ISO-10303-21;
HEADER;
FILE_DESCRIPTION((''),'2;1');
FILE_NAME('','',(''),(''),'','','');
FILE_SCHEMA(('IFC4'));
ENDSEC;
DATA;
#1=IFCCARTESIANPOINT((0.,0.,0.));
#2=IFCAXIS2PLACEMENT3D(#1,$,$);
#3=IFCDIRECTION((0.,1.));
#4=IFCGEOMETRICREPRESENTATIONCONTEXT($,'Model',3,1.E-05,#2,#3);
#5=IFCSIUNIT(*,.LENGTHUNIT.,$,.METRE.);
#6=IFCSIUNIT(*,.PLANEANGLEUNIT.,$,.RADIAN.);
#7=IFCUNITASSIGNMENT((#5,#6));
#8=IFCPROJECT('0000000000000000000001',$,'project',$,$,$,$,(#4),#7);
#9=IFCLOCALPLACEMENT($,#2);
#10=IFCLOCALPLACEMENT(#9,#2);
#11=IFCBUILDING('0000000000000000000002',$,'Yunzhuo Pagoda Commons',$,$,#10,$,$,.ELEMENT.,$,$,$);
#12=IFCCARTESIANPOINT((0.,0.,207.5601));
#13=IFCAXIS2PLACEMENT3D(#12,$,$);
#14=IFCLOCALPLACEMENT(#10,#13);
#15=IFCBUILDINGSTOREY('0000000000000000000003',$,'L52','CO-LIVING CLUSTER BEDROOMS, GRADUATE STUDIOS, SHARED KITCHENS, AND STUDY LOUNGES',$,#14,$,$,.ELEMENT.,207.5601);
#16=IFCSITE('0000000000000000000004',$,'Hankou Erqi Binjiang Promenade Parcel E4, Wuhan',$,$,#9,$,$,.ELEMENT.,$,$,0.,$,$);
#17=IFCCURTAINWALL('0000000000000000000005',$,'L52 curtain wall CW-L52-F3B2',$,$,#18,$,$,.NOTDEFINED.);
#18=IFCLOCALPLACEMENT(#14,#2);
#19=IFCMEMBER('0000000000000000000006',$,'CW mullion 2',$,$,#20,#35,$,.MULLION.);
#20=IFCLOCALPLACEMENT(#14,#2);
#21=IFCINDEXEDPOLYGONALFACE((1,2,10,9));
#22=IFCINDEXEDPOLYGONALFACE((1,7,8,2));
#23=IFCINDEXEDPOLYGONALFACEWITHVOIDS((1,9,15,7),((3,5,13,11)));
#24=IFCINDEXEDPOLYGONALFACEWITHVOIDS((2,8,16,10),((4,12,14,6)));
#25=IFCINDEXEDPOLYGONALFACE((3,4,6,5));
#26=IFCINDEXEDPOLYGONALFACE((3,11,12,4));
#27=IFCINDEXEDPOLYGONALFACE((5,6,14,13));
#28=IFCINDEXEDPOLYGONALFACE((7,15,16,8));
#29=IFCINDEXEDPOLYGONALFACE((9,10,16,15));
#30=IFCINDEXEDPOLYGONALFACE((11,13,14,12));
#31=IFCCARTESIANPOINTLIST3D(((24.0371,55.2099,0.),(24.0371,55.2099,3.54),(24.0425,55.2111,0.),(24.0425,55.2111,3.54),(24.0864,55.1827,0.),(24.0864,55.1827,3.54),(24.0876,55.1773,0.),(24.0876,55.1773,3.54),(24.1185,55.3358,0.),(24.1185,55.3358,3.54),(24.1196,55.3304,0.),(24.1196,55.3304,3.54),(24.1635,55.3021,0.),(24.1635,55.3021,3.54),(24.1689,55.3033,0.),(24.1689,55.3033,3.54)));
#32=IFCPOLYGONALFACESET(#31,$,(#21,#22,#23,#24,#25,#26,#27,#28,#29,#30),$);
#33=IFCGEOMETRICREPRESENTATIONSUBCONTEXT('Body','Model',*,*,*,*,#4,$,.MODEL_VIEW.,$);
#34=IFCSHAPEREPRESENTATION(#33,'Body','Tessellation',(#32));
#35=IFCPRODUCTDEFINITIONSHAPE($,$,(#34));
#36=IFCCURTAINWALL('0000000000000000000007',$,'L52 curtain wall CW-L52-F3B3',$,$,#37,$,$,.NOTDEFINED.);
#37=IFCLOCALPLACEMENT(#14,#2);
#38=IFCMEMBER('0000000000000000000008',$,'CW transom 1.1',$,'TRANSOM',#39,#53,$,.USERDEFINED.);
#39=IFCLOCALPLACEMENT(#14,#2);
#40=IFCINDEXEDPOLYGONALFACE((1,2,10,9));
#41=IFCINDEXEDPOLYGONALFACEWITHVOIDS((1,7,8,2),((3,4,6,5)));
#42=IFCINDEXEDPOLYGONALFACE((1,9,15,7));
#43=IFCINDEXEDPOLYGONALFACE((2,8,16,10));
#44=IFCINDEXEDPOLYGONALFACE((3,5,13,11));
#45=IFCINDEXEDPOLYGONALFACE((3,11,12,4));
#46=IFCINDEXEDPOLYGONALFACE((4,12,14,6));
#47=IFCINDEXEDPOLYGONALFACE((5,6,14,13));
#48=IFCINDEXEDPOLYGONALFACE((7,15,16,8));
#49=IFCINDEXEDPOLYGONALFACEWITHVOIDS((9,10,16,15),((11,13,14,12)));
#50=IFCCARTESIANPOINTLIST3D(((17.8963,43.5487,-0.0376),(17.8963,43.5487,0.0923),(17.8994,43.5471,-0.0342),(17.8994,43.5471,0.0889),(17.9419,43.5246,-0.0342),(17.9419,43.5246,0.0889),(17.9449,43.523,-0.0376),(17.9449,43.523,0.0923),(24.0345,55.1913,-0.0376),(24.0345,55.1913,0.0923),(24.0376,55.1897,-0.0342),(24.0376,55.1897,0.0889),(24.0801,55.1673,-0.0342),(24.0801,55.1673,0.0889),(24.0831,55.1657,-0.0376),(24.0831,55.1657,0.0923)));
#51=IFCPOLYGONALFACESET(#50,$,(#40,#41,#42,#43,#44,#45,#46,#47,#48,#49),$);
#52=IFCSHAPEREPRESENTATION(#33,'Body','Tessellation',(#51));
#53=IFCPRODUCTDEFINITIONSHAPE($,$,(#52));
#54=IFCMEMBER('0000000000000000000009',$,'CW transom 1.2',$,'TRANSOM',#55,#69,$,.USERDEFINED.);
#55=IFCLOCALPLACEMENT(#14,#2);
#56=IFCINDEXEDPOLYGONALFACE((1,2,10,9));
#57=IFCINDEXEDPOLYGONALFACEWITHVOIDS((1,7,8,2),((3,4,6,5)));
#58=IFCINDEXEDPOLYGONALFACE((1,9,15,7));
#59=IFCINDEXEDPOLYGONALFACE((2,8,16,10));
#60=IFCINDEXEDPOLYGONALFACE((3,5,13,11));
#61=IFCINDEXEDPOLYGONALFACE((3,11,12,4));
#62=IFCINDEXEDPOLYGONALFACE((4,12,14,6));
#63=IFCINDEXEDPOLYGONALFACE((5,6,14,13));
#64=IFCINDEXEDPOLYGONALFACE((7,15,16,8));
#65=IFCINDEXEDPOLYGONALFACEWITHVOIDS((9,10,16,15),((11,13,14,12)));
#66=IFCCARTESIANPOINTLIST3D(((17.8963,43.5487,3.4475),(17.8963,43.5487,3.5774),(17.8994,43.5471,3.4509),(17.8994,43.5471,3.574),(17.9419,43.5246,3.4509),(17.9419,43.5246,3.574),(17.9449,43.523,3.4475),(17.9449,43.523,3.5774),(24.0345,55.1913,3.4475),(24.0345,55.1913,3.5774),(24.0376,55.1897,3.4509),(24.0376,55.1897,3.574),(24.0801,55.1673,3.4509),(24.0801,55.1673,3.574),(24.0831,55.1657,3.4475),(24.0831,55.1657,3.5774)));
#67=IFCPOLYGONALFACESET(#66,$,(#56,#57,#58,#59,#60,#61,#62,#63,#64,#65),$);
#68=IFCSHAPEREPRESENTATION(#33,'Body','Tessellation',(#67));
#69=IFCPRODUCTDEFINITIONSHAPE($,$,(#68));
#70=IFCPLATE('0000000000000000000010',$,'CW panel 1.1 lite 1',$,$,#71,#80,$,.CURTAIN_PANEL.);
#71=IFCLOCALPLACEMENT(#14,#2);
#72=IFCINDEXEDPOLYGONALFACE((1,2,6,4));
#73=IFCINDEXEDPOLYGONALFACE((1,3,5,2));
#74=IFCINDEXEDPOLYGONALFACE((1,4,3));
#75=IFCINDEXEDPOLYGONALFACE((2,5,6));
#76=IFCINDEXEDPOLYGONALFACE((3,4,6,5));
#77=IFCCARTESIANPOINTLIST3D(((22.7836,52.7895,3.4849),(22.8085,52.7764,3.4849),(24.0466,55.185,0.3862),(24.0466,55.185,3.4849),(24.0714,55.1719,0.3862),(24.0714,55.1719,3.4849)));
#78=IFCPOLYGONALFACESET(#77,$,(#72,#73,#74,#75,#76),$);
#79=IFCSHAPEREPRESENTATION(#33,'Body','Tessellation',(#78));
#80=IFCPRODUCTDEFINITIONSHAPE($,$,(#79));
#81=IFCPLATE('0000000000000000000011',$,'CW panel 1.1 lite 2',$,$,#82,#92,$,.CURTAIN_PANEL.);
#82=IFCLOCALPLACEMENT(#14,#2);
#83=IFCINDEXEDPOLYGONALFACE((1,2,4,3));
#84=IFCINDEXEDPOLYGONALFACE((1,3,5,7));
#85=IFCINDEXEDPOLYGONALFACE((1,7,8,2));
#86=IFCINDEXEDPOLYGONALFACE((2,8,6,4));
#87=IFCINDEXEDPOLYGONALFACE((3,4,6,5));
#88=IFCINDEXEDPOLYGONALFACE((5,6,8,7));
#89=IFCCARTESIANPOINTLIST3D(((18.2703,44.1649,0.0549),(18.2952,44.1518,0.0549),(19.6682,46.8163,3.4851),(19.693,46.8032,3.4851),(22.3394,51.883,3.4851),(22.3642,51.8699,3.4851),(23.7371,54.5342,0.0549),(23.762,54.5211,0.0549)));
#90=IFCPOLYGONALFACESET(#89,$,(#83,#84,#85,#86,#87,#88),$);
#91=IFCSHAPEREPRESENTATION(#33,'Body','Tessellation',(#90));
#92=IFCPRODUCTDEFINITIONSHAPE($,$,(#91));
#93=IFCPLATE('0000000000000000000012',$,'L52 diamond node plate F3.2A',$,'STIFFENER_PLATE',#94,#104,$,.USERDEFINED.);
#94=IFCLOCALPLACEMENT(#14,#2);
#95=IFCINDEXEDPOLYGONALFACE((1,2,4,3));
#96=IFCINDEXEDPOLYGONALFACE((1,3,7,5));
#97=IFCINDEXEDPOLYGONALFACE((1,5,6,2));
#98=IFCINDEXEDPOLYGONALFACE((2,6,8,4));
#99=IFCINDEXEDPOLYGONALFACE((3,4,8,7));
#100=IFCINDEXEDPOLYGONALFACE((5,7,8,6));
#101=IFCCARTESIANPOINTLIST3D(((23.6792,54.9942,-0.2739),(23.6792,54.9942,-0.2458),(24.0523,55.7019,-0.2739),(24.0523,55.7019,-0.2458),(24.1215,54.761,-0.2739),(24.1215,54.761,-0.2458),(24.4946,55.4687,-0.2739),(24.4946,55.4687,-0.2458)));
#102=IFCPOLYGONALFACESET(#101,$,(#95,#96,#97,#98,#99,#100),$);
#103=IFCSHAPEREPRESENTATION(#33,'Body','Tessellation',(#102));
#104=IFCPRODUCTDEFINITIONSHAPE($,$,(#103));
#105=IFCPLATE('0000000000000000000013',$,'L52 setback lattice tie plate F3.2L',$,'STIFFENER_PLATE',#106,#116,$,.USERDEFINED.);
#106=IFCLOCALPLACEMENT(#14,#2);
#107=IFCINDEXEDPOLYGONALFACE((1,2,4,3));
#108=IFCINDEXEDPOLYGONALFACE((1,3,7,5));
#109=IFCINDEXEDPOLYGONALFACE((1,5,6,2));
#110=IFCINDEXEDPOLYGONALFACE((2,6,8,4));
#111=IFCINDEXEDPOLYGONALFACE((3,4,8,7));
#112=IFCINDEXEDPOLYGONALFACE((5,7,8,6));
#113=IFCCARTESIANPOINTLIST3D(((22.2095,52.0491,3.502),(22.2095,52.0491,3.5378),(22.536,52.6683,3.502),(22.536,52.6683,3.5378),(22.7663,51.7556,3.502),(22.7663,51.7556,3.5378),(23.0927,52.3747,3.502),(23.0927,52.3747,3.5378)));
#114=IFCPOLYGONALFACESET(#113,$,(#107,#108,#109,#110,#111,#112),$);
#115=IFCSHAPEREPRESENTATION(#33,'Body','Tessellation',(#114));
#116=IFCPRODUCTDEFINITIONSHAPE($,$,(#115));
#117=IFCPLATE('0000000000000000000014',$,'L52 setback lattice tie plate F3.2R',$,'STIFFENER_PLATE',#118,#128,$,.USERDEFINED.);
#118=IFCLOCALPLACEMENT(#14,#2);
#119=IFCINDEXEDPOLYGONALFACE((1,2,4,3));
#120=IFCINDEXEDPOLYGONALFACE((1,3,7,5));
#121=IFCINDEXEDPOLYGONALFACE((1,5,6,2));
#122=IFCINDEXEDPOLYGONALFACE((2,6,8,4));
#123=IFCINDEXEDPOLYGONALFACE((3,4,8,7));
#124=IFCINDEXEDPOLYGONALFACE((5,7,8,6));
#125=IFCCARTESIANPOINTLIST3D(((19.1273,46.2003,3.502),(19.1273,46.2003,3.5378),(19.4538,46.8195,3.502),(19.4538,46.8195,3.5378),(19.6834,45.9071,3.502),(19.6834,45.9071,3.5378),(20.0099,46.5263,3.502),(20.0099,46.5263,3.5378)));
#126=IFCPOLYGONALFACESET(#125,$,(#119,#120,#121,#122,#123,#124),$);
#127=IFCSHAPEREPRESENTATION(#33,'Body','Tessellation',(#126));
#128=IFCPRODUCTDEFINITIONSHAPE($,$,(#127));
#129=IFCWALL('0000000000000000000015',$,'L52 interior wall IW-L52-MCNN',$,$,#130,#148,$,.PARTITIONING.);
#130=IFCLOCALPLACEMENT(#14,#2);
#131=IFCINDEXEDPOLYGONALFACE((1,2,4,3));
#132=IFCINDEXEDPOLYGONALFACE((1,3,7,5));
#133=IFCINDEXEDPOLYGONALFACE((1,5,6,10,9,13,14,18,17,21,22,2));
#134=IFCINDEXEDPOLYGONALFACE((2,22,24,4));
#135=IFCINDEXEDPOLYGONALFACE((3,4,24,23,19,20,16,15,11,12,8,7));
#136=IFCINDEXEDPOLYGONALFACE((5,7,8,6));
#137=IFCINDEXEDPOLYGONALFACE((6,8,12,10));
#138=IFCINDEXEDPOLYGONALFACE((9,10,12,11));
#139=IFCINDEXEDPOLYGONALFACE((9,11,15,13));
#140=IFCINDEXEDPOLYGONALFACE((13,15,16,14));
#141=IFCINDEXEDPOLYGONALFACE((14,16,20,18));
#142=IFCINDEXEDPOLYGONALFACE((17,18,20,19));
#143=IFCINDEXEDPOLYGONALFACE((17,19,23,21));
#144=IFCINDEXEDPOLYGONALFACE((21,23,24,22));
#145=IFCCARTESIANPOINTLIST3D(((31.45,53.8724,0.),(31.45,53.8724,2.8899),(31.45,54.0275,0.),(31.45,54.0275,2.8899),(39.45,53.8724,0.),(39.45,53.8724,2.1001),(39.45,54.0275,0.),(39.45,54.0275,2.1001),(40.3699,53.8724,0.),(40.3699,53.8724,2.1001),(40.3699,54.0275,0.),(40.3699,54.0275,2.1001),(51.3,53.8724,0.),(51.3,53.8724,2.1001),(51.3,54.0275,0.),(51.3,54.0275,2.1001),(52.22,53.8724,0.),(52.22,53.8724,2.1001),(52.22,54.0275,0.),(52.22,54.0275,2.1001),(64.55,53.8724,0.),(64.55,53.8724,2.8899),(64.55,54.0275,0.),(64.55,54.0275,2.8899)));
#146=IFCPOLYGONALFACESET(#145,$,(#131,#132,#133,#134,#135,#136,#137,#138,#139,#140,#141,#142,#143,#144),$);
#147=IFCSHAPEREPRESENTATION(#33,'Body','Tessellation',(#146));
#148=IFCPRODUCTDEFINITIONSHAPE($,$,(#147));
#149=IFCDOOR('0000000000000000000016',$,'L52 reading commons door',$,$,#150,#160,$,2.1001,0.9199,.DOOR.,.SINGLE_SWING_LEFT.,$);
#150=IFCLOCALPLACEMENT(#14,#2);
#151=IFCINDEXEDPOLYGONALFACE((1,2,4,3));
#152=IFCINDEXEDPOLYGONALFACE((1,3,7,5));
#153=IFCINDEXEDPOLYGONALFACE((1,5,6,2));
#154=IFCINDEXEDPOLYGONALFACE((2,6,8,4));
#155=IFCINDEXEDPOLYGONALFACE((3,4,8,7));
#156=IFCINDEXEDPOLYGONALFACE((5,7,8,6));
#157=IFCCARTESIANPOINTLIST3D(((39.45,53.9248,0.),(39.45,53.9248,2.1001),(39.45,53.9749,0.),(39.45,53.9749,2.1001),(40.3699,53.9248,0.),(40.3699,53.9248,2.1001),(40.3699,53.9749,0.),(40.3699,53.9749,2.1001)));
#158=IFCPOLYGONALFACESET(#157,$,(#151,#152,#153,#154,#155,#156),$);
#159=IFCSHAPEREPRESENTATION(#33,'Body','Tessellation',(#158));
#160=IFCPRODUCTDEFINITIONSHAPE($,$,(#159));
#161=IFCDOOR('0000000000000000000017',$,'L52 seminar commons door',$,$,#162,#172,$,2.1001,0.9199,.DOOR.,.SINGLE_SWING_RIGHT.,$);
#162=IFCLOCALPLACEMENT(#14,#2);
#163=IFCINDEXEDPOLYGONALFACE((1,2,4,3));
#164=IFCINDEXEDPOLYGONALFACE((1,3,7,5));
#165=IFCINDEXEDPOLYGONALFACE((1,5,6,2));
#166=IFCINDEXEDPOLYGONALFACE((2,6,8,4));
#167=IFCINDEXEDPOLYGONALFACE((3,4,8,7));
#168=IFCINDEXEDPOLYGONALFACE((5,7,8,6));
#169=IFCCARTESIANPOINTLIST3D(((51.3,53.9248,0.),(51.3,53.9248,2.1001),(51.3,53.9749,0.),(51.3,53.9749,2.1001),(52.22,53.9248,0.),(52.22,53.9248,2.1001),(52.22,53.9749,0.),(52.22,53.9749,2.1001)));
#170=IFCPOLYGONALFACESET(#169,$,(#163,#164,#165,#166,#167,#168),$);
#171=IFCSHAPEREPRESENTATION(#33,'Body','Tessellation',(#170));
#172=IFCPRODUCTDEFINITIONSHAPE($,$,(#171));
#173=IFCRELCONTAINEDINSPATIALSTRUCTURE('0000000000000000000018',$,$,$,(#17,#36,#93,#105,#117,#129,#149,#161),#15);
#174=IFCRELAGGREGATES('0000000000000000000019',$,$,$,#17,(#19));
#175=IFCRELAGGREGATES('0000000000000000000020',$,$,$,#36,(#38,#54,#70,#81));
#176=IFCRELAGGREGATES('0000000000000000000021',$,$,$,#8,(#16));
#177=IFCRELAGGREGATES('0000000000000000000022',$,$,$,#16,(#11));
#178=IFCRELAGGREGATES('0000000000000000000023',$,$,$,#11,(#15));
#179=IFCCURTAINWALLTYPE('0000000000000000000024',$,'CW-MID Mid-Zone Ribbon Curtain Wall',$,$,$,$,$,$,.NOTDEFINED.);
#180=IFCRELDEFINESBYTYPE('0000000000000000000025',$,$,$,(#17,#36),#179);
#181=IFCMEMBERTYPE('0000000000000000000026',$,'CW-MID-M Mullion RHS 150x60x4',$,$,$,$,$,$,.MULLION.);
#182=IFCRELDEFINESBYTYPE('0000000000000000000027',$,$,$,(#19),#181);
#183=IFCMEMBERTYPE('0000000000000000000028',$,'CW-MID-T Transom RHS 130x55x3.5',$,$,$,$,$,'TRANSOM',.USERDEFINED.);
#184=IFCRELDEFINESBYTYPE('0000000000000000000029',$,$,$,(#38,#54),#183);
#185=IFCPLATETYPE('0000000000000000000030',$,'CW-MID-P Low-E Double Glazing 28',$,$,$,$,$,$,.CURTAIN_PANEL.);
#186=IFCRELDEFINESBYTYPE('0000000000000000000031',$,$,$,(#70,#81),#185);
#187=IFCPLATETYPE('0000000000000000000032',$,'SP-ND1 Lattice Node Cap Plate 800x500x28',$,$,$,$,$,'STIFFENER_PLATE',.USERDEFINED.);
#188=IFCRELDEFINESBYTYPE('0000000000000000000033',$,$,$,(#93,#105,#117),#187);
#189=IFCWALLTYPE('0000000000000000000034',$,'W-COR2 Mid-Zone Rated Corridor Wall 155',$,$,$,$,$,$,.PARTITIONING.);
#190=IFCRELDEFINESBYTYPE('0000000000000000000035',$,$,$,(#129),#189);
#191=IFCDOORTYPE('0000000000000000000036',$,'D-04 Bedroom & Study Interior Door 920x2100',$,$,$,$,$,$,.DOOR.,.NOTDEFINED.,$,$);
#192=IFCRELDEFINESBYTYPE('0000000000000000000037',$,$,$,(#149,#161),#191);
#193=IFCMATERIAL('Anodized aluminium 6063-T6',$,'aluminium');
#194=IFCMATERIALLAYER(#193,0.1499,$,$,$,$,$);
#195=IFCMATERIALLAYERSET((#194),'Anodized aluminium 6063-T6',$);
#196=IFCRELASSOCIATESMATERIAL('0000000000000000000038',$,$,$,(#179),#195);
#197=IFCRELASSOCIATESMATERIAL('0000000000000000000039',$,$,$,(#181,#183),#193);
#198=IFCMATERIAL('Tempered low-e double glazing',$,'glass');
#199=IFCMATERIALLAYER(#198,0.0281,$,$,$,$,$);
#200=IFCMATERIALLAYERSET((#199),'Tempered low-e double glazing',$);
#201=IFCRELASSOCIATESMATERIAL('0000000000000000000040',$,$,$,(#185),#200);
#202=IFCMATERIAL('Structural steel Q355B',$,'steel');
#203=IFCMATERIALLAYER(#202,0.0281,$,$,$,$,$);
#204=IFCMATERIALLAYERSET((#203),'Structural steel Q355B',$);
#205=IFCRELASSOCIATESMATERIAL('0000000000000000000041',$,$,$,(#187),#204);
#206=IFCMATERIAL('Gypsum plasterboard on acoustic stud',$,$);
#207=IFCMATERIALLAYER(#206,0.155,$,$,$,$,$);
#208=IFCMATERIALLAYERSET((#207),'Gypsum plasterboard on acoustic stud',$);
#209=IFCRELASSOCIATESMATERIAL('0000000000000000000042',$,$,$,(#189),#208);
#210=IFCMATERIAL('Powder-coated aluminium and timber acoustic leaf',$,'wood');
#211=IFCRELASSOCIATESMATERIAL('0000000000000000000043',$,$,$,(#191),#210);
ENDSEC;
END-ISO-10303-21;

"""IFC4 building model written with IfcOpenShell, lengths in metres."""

from ifc_helpers import new_model, si_unit, direction, frame, frame_2d, origin, origin_with_axes, origin_2d, place, context, subcontext, project, spatial, polyline, rectangle, hollow_rectangle, outline, extrude, source, transform, mapped, material, layer, layer_set, material_profile, profile_set, type_object, element, fill, aggregate, save


model = new_model("IFC4")

# Units and contexts
model_context = context("Model", 3, precision=1e-05, world=origin(), true_north=direction((0.0, 1.0)))
body_context = subcontext(model_context, "Body", "Model", "MODEL_VIEW")
ifc_project = project(units=[si_unit("LENGTHUNIT", "METRE"), si_unit("PLANEANGLEUNIT", "RADIAN")], contexts=[model_context])

# Site, building, storey
site_placement = place(None, origin())
site = spatial("IfcSite", under=ifc_project, at=site_placement, Name="Hankou Erqi Binjiang Promenade Parcel E4, Wuhan", CompositionType="ELEMENT", RefElevation=0.0)
building_placement = place(site_placement, origin())
building = spatial("IfcBuilding", under=site, at=building_placement, Name="Yunzhuo Pagoda Commons", CompositionType="ELEMENT")
storey_placement = place(building_placement, frame((0.0, 0.0, 207.5601)))
storey = spatial("IfcBuildingStorey", under=building, at=storey_placement, Name="L52", Description="CO-LIVING CLUSTER BEDROOMS, GRADUATE STUDIOS, SHARED KITCHENS, AND STUDY LOUNGES", CompositionType="ELEMENT", Elevation=207.5601)

# Shared definitions
ifc_material_1 = material(Name="Structural steel Q355B", Category="steel")

# Curtain wall, member
ifc_material_2 = material(Name="Anodized aluminium 6063-T6", Category="aluminium")
ifc_layer_1 = layer(ifc_material_2, 0.1499)
ifc_layer_set_1 = layer_set([ifc_layer_1], Name="Anodized aluminium 6063-T6")
curtain_wall_type = type_object("IfcCurtainWallType", Name="CW-MID Mid-Zone Ribbon Curtain Wall", PredefinedType="NOTDEFINED", material=ifc_layer_set_1)
curtain_wall_1_placement = place(storey_placement, origin())
curtain_wall_1 = element("IfcCurtainWall", 1, at=curtain_wall_1_placement, inside=storey, type_object=curtain_wall_type, Name="L52 curtain wall CW-L52-F3B2", PredefinedType="NOTDEFINED")
ifc_material_profile_1 = material_profile(ifc_material_2, hollow_rectangle(XDim=0.0601, YDim=0.1499, WallThickness=0.0039, at=origin_2d()), Name="Anodized aluminium 6063-T6")
ifc_profile_set_1 = profile_set([ifc_material_profile_1], Name="Anodized aluminium 6063-T6")
member_type_1 = type_object("IfcMemberType", Name="CW-MID-M Mullion RHS 150x60x4", PredefinedType="MULLION", material=ifc_profile_set_1)
shared_shape_1 = source(origin(), body_context, "Body", "SweptSolid", [
    extrude(hollow_rectangle(XDim=0.0601, YDim=0.1499, WallThickness=0.0039, at=origin_2d()), origin(), (0.0, 0.0, 1.0), 3.54),
])
member_1_placement = place(storey_placement, frame((24.103, 55.2566, 0.0), z_axis=(0.0, 0.0, 1.0), x_axis=(0.839965, -0.54264, 0.0)))
member_1 = element("IfcMember", 2, at=member_1_placement, type_object=member_type_1, Name="CW mullion 2", PredefinedType="MULLION", context=body_context, shape_type="MappedRepresentation", body=[
    mapped(shared_shape_1, transform((0.0, 0.0, 0.0), scale=1.0)),
])
aggregate(curtain_wall_1, [member_1])

# Curtain wall, members, plates
curtain_wall_2_placement = place(storey_placement, origin())
curtain_wall_2 = element("IfcCurtainWall", 3, at=curtain_wall_2_placement, inside=storey, type_object=curtain_wall_type, Name="L52 curtain wall CW-L52-F3B3", PredefinedType="NOTDEFINED")
ifc_material_profile_2 = material_profile(ifc_material_2, hollow_rectangle(XDim=0.0549, YDim=0.1299, WallThickness=0.0034, at=origin_2d()), Name="Anodized aluminium 6063-T6")
ifc_profile_set_2 = profile_set([ifc_material_profile_2], Name="Anodized aluminium 6063-T6")
member_type_2 = type_object("IfcMemberType", Name="CW-MID-T Transom RHS 130x55x3.5", ElementType="TRANSOM", PredefinedType="USERDEFINED", material=ifc_profile_set_2)
shared_shape_2 = source(origin(), body_context, "Body", "SweptSolid", [
    extrude(hollow_rectangle(XDim=0.0549, YDim=0.1299, WallThickness=0.0034, at=origin_2d()), origin(), (0.0, 0.0, 1.0), 13.1616),
])
member_2_placement = place(storey_placement, frame((24.0588, 55.1785, 0.0273), z_axis=(-0.466372, -0.884589, 0.0), x_axis=(0.884589, -0.466372, 0.0)))
member_2 = element("IfcMember", 4, at=member_2_placement, type_object=member_type_2, Name="CW transom 1.1", ObjectType="TRANSOM", PredefinedType="USERDEFINED", context=body_context, shape_type="MappedRepresentation", body=[
    mapped(shared_shape_2, transform((0.0, 0.0, 0.0), scale=1.0)),
])
member_3_placement = place(storey_placement, frame((24.0588, 55.1785, 3.5125), z_axis=(-0.466372, -0.884589, 0.0), x_axis=(0.884589, -0.466372, 0.0)))
member_3 = element("IfcMember", 5, at=member_3_placement, type_object=member_type_2, Name="CW transom 1.2", ObjectType="TRANSOM", PredefinedType="USERDEFINED", context=body_context, shape_type="MappedRepresentation", body=[
    mapped(shared_shape_2, transform((0.0, 0.0, 0.0), scale=1.0)),
])
ifc_material_3 = material(Name="Tempered low-e double glazing", Category="glass")
ifc_layer_2 = layer(ifc_material_3, 0.0281)
ifc_layer_set_2 = layer_set([ifc_layer_2], Name="Tempered low-e double glazing")
plate_type_1 = type_object("IfcPlateType", Name="CW-MID-P Low-E Double Glazing 28", PredefinedType="CURTAIN_PANEL", material=ifc_layer_set_2)
plate_1_placement = place(storey_placement, frame((23.4399, 53.9741, 1.9355), z_axis=(-0.884592, 0.466366, 0.0), x_axis=(-0.466366, -0.884592, 0.0)))
plate_1 = element("IfcPlate", 6, at=plate_1_placement, type_object=plate_type_1, Name="CW panel 1.1 lite 1", PredefinedType="CURTAIN_PANEL", context=body_context, shape_type="SweptSolid", body=[
    extrude(outline(polyline([(-1.354, -1.5493), (1.354, 1.5493), (-1.354, 1.5493), (-1.354, -1.5493)])), origin(), (0.0, 0.0, 1.0), 0.0281),
])
plate_2_placement = place(storey_placement, frame((21.0286, 49.3364, 1.77), z_axis=(-0.884592, 0.466366, 0.0), x_axis=(-0.466366, -0.884592, 0.0)))
plate_2 = element("IfcPlate", 7, at=plate_2_placement, type_object=plate_type_1, Name="CW panel 1.1 lite 2", PredefinedType="CURTAIN_PANEL", context=body_context, shape_type="SweptSolid", body=[
    extrude(outline(polyline([(-5.8611, -1.7151), (5.8611, -1.7151), (2.8638, 1.7151), (-2.864, 1.7151), (-5.8611, -1.7151)])), origin(), (0.0, 0.0, 1.0), 0.0281),
])
aggregate(curtain_wall_2, [member_2, member_3, plate_1, plate_2])

# Plates
ifc_layer_3 = layer(ifc_material_1, 0.0281)
ifc_layer_set_3 = layer_set([ifc_layer_3], Name="Structural steel Q355B")
plate_type_2 = type_object("IfcPlateType", Name="SP-ND1 Lattice Node Cap Plate 800x500x28", ElementType="STIFFENER_PLATE", PredefinedType="USERDEFINED", material=ifc_layer_set_3)
shared_shape_3 = source(origin(), body_context, "Body", "SweptSolid", [
    extrude(rectangle(XDim=0.8, YDim=0.5, at=origin_2d()), origin(), (0.0, 0.0, 1.0), 0.0281),
])
plate_3_placement = place(storey_placement, frame((24.0869, 55.2314, -0.2739), z_axis=(0.0, 0.0, 1.0), x_axis=(-0.466371, -0.884589, 0.0)))
element("IfcPlate", 8, at=plate_3_placement, inside=storey, type_object=plate_type_2, Name="L52 diamond node plate F3.2A", ObjectType="STIFFENER_PLATE", PredefinedType="USERDEFINED", context=body_context, shape_type="MappedRepresentation", body=[
    mapped(shared_shape_3, transform((0.0, 0.0, 0.0), scale=1.0)),
])
shared_shape_4 = source(origin(), body_context, "Body", "SweptSolid", [
    extrude(rectangle(XDim=0.7, YDim=0.6294, at=origin_2d()), origin(), (0.0, 0.0, 1.0), 0.0359),
])
plate_4_placement = place(storey_placement, frame((22.6511, 52.2119, 3.502), z_axis=(0.0, 0.0, 1.0), x_axis=(-0.466371, -0.884589, 0.0)))
element("IfcPlate", 9, at=plate_4_placement, inside=storey, type_object=plate_type_2, Name="L52 setback lattice tie plate F3.2L", ObjectType="STIFFENER_PLATE", PredefinedType="USERDEFINED", context=body_context, shape_type="MappedRepresentation", body=[
    mapped(shared_shape_4, transform((0.0, 0.0, 0.0), scale=1.0)),
])
shared_shape_5 = source(origin(), body_context, "Body", "SweptSolid", [
    extrude(rectangle(XDim=0.7, YDim=0.6287, at=origin_2d()), origin(), (0.0, 0.0, 1.0), 0.0359),
])
plate_5_placement = place(storey_placement, frame((19.5686, 46.3633, 3.502), z_axis=(0.0, 0.0, 1.0), x_axis=(-0.466371, -0.884589, 0.0)))
element("IfcPlate", 10, at=plate_5_placement, inside=storey, type_object=plate_type_2, Name="L52 setback lattice tie plate F3.2R", ObjectType="STIFFENER_PLATE", PredefinedType="USERDEFINED", context=body_context, shape_type="MappedRepresentation", body=[
    mapped(shared_shape_5, transform((0.0, 0.0, 0.0), scale=1.0)),
])

# Wall, openings, doors
ifc_material_4 = material(Name="Gypsum plasterboard on acoustic stud")
ifc_layer_4 = layer(ifc_material_4, 0.155)
ifc_layer_set_4 = layer_set([ifc_layer_4], Name="Gypsum plasterboard on acoustic stud")
wall_type_1 = type_object("IfcWallType", Name="W-COR2 Mid-Zone Rated Corridor Wall 155", PredefinedType="PARTITIONING", material=ifc_layer_set_4)
wall_1_placement = place(storey_placement, frame((31.45, 53.95, 0.0), z_axis=(0.0, 0.0, 1.0), x_axis=(1.0, 0.0, 0.0)))
wall_1 = element("IfcWall", 11, at=wall_1_placement, inside=storey, type_object=wall_type_1, Name="L52 interior wall IW-L52-MCNN", PredefinedType="PARTITIONING", context=body_context, shape_type="SweptSolid", body=[
    extrude(rectangle(XDim=33.1001, YDim=0.155, at=frame_2d((16.55, 0.0))), origin(), (0.0, 0.0, 1.0), 2.8899),
])
opening_1_placement = place(wall_1_placement, frame((8.0, 0.0, 0.0)))
opening_1 = element("IfcOpeningElement", 12, at=opening_1_placement, cuts=wall_1, PredefinedType="OPENING", context=body_context, shape_type="SweptSolid", body=[
    extrude(rectangle(XDim=0.9199, YDim=2.1001, at=frame_2d((0.46, 1.05))), frame((0.0, 0.0874, 0.0), z_axis=(0.0, -1.0, 0.0), x_axis=(1.0, 0.0, 0.0)), (0.0, 0.0, 1.0), 0.175),
])
opening_2_placement = place(wall_1_placement, frame((19.8501, 0.0, 0.0)))
opening_2 = element("IfcOpeningElement", 13, at=opening_2_placement, cuts=wall_1, PredefinedType="OPENING", context=body_context, shape_type="SweptSolid", body=[
    extrude(rectangle(XDim=0.9199, YDim=2.1001, at=frame_2d((0.46, 1.05))), frame((0.0, 0.0874, 0.0), z_axis=(0.0, -1.0, 0.0), x_axis=(1.0, 0.0, 0.0)), (0.0, 0.0, 1.0), 0.175),
])
ifc_material_5 = material(Name="Powder-coated aluminium and timber acoustic leaf", Category="wood")
door_type_1 = type_object("IfcDoorType", Name="D-04 Bedroom & Study Interior Door 920x2100", OperationType="NOTDEFINED", PredefinedType="DOOR", material=ifc_material_5)
shared_shape_6 = source(origin(), body_context, "Body", "SweptSolid", [
    extrude(rectangle(XDim=0.9199, YDim=2.1001, at=frame_2d((0.46, 1.05))), frame((0.0, 0.0249, 0.0), z_axis=(0.0, -1.0, 0.0), x_axis=(1.0, 0.0, 0.0)), (0.0, 0.0, 1.0), 0.05),
])
door_1_placement = place(opening_1_placement, origin_with_axes())
door_1 = element("IfcDoor", 14, at=door_1_placement, inside=storey, type_object=door_type_1, Name="L52 reading commons door", OperationType="SINGLE_SWING_LEFT", OverallHeight=2.1001, OverallWidth=0.9199, PredefinedType="DOOR", context=body_context, shape_type="MappedRepresentation", body=[
    mapped(shared_shape_6, transform((0.0, 0.0, 0.0), scale=1.0)),
])
fill(opening_1, door_1)
door_2_placement = place(opening_2_placement, origin_with_axes())
door_2 = element("IfcDoor", 15, at=door_2_placement, inside=storey, type_object=door_type_1, Name="L52 seminar commons door", OperationType="SINGLE_SWING_RIGHT", OverallHeight=2.1001, OverallWidth=0.9199, PredefinedType="DOOR", context=body_context, shape_type="MappedRepresentation", body=[
    mapped(shared_shape_6, transform((0.0, 0.0, 0.0), scale=1.0)),
])
fill(opening_2, door_2)

save(model, "model.ifc")
